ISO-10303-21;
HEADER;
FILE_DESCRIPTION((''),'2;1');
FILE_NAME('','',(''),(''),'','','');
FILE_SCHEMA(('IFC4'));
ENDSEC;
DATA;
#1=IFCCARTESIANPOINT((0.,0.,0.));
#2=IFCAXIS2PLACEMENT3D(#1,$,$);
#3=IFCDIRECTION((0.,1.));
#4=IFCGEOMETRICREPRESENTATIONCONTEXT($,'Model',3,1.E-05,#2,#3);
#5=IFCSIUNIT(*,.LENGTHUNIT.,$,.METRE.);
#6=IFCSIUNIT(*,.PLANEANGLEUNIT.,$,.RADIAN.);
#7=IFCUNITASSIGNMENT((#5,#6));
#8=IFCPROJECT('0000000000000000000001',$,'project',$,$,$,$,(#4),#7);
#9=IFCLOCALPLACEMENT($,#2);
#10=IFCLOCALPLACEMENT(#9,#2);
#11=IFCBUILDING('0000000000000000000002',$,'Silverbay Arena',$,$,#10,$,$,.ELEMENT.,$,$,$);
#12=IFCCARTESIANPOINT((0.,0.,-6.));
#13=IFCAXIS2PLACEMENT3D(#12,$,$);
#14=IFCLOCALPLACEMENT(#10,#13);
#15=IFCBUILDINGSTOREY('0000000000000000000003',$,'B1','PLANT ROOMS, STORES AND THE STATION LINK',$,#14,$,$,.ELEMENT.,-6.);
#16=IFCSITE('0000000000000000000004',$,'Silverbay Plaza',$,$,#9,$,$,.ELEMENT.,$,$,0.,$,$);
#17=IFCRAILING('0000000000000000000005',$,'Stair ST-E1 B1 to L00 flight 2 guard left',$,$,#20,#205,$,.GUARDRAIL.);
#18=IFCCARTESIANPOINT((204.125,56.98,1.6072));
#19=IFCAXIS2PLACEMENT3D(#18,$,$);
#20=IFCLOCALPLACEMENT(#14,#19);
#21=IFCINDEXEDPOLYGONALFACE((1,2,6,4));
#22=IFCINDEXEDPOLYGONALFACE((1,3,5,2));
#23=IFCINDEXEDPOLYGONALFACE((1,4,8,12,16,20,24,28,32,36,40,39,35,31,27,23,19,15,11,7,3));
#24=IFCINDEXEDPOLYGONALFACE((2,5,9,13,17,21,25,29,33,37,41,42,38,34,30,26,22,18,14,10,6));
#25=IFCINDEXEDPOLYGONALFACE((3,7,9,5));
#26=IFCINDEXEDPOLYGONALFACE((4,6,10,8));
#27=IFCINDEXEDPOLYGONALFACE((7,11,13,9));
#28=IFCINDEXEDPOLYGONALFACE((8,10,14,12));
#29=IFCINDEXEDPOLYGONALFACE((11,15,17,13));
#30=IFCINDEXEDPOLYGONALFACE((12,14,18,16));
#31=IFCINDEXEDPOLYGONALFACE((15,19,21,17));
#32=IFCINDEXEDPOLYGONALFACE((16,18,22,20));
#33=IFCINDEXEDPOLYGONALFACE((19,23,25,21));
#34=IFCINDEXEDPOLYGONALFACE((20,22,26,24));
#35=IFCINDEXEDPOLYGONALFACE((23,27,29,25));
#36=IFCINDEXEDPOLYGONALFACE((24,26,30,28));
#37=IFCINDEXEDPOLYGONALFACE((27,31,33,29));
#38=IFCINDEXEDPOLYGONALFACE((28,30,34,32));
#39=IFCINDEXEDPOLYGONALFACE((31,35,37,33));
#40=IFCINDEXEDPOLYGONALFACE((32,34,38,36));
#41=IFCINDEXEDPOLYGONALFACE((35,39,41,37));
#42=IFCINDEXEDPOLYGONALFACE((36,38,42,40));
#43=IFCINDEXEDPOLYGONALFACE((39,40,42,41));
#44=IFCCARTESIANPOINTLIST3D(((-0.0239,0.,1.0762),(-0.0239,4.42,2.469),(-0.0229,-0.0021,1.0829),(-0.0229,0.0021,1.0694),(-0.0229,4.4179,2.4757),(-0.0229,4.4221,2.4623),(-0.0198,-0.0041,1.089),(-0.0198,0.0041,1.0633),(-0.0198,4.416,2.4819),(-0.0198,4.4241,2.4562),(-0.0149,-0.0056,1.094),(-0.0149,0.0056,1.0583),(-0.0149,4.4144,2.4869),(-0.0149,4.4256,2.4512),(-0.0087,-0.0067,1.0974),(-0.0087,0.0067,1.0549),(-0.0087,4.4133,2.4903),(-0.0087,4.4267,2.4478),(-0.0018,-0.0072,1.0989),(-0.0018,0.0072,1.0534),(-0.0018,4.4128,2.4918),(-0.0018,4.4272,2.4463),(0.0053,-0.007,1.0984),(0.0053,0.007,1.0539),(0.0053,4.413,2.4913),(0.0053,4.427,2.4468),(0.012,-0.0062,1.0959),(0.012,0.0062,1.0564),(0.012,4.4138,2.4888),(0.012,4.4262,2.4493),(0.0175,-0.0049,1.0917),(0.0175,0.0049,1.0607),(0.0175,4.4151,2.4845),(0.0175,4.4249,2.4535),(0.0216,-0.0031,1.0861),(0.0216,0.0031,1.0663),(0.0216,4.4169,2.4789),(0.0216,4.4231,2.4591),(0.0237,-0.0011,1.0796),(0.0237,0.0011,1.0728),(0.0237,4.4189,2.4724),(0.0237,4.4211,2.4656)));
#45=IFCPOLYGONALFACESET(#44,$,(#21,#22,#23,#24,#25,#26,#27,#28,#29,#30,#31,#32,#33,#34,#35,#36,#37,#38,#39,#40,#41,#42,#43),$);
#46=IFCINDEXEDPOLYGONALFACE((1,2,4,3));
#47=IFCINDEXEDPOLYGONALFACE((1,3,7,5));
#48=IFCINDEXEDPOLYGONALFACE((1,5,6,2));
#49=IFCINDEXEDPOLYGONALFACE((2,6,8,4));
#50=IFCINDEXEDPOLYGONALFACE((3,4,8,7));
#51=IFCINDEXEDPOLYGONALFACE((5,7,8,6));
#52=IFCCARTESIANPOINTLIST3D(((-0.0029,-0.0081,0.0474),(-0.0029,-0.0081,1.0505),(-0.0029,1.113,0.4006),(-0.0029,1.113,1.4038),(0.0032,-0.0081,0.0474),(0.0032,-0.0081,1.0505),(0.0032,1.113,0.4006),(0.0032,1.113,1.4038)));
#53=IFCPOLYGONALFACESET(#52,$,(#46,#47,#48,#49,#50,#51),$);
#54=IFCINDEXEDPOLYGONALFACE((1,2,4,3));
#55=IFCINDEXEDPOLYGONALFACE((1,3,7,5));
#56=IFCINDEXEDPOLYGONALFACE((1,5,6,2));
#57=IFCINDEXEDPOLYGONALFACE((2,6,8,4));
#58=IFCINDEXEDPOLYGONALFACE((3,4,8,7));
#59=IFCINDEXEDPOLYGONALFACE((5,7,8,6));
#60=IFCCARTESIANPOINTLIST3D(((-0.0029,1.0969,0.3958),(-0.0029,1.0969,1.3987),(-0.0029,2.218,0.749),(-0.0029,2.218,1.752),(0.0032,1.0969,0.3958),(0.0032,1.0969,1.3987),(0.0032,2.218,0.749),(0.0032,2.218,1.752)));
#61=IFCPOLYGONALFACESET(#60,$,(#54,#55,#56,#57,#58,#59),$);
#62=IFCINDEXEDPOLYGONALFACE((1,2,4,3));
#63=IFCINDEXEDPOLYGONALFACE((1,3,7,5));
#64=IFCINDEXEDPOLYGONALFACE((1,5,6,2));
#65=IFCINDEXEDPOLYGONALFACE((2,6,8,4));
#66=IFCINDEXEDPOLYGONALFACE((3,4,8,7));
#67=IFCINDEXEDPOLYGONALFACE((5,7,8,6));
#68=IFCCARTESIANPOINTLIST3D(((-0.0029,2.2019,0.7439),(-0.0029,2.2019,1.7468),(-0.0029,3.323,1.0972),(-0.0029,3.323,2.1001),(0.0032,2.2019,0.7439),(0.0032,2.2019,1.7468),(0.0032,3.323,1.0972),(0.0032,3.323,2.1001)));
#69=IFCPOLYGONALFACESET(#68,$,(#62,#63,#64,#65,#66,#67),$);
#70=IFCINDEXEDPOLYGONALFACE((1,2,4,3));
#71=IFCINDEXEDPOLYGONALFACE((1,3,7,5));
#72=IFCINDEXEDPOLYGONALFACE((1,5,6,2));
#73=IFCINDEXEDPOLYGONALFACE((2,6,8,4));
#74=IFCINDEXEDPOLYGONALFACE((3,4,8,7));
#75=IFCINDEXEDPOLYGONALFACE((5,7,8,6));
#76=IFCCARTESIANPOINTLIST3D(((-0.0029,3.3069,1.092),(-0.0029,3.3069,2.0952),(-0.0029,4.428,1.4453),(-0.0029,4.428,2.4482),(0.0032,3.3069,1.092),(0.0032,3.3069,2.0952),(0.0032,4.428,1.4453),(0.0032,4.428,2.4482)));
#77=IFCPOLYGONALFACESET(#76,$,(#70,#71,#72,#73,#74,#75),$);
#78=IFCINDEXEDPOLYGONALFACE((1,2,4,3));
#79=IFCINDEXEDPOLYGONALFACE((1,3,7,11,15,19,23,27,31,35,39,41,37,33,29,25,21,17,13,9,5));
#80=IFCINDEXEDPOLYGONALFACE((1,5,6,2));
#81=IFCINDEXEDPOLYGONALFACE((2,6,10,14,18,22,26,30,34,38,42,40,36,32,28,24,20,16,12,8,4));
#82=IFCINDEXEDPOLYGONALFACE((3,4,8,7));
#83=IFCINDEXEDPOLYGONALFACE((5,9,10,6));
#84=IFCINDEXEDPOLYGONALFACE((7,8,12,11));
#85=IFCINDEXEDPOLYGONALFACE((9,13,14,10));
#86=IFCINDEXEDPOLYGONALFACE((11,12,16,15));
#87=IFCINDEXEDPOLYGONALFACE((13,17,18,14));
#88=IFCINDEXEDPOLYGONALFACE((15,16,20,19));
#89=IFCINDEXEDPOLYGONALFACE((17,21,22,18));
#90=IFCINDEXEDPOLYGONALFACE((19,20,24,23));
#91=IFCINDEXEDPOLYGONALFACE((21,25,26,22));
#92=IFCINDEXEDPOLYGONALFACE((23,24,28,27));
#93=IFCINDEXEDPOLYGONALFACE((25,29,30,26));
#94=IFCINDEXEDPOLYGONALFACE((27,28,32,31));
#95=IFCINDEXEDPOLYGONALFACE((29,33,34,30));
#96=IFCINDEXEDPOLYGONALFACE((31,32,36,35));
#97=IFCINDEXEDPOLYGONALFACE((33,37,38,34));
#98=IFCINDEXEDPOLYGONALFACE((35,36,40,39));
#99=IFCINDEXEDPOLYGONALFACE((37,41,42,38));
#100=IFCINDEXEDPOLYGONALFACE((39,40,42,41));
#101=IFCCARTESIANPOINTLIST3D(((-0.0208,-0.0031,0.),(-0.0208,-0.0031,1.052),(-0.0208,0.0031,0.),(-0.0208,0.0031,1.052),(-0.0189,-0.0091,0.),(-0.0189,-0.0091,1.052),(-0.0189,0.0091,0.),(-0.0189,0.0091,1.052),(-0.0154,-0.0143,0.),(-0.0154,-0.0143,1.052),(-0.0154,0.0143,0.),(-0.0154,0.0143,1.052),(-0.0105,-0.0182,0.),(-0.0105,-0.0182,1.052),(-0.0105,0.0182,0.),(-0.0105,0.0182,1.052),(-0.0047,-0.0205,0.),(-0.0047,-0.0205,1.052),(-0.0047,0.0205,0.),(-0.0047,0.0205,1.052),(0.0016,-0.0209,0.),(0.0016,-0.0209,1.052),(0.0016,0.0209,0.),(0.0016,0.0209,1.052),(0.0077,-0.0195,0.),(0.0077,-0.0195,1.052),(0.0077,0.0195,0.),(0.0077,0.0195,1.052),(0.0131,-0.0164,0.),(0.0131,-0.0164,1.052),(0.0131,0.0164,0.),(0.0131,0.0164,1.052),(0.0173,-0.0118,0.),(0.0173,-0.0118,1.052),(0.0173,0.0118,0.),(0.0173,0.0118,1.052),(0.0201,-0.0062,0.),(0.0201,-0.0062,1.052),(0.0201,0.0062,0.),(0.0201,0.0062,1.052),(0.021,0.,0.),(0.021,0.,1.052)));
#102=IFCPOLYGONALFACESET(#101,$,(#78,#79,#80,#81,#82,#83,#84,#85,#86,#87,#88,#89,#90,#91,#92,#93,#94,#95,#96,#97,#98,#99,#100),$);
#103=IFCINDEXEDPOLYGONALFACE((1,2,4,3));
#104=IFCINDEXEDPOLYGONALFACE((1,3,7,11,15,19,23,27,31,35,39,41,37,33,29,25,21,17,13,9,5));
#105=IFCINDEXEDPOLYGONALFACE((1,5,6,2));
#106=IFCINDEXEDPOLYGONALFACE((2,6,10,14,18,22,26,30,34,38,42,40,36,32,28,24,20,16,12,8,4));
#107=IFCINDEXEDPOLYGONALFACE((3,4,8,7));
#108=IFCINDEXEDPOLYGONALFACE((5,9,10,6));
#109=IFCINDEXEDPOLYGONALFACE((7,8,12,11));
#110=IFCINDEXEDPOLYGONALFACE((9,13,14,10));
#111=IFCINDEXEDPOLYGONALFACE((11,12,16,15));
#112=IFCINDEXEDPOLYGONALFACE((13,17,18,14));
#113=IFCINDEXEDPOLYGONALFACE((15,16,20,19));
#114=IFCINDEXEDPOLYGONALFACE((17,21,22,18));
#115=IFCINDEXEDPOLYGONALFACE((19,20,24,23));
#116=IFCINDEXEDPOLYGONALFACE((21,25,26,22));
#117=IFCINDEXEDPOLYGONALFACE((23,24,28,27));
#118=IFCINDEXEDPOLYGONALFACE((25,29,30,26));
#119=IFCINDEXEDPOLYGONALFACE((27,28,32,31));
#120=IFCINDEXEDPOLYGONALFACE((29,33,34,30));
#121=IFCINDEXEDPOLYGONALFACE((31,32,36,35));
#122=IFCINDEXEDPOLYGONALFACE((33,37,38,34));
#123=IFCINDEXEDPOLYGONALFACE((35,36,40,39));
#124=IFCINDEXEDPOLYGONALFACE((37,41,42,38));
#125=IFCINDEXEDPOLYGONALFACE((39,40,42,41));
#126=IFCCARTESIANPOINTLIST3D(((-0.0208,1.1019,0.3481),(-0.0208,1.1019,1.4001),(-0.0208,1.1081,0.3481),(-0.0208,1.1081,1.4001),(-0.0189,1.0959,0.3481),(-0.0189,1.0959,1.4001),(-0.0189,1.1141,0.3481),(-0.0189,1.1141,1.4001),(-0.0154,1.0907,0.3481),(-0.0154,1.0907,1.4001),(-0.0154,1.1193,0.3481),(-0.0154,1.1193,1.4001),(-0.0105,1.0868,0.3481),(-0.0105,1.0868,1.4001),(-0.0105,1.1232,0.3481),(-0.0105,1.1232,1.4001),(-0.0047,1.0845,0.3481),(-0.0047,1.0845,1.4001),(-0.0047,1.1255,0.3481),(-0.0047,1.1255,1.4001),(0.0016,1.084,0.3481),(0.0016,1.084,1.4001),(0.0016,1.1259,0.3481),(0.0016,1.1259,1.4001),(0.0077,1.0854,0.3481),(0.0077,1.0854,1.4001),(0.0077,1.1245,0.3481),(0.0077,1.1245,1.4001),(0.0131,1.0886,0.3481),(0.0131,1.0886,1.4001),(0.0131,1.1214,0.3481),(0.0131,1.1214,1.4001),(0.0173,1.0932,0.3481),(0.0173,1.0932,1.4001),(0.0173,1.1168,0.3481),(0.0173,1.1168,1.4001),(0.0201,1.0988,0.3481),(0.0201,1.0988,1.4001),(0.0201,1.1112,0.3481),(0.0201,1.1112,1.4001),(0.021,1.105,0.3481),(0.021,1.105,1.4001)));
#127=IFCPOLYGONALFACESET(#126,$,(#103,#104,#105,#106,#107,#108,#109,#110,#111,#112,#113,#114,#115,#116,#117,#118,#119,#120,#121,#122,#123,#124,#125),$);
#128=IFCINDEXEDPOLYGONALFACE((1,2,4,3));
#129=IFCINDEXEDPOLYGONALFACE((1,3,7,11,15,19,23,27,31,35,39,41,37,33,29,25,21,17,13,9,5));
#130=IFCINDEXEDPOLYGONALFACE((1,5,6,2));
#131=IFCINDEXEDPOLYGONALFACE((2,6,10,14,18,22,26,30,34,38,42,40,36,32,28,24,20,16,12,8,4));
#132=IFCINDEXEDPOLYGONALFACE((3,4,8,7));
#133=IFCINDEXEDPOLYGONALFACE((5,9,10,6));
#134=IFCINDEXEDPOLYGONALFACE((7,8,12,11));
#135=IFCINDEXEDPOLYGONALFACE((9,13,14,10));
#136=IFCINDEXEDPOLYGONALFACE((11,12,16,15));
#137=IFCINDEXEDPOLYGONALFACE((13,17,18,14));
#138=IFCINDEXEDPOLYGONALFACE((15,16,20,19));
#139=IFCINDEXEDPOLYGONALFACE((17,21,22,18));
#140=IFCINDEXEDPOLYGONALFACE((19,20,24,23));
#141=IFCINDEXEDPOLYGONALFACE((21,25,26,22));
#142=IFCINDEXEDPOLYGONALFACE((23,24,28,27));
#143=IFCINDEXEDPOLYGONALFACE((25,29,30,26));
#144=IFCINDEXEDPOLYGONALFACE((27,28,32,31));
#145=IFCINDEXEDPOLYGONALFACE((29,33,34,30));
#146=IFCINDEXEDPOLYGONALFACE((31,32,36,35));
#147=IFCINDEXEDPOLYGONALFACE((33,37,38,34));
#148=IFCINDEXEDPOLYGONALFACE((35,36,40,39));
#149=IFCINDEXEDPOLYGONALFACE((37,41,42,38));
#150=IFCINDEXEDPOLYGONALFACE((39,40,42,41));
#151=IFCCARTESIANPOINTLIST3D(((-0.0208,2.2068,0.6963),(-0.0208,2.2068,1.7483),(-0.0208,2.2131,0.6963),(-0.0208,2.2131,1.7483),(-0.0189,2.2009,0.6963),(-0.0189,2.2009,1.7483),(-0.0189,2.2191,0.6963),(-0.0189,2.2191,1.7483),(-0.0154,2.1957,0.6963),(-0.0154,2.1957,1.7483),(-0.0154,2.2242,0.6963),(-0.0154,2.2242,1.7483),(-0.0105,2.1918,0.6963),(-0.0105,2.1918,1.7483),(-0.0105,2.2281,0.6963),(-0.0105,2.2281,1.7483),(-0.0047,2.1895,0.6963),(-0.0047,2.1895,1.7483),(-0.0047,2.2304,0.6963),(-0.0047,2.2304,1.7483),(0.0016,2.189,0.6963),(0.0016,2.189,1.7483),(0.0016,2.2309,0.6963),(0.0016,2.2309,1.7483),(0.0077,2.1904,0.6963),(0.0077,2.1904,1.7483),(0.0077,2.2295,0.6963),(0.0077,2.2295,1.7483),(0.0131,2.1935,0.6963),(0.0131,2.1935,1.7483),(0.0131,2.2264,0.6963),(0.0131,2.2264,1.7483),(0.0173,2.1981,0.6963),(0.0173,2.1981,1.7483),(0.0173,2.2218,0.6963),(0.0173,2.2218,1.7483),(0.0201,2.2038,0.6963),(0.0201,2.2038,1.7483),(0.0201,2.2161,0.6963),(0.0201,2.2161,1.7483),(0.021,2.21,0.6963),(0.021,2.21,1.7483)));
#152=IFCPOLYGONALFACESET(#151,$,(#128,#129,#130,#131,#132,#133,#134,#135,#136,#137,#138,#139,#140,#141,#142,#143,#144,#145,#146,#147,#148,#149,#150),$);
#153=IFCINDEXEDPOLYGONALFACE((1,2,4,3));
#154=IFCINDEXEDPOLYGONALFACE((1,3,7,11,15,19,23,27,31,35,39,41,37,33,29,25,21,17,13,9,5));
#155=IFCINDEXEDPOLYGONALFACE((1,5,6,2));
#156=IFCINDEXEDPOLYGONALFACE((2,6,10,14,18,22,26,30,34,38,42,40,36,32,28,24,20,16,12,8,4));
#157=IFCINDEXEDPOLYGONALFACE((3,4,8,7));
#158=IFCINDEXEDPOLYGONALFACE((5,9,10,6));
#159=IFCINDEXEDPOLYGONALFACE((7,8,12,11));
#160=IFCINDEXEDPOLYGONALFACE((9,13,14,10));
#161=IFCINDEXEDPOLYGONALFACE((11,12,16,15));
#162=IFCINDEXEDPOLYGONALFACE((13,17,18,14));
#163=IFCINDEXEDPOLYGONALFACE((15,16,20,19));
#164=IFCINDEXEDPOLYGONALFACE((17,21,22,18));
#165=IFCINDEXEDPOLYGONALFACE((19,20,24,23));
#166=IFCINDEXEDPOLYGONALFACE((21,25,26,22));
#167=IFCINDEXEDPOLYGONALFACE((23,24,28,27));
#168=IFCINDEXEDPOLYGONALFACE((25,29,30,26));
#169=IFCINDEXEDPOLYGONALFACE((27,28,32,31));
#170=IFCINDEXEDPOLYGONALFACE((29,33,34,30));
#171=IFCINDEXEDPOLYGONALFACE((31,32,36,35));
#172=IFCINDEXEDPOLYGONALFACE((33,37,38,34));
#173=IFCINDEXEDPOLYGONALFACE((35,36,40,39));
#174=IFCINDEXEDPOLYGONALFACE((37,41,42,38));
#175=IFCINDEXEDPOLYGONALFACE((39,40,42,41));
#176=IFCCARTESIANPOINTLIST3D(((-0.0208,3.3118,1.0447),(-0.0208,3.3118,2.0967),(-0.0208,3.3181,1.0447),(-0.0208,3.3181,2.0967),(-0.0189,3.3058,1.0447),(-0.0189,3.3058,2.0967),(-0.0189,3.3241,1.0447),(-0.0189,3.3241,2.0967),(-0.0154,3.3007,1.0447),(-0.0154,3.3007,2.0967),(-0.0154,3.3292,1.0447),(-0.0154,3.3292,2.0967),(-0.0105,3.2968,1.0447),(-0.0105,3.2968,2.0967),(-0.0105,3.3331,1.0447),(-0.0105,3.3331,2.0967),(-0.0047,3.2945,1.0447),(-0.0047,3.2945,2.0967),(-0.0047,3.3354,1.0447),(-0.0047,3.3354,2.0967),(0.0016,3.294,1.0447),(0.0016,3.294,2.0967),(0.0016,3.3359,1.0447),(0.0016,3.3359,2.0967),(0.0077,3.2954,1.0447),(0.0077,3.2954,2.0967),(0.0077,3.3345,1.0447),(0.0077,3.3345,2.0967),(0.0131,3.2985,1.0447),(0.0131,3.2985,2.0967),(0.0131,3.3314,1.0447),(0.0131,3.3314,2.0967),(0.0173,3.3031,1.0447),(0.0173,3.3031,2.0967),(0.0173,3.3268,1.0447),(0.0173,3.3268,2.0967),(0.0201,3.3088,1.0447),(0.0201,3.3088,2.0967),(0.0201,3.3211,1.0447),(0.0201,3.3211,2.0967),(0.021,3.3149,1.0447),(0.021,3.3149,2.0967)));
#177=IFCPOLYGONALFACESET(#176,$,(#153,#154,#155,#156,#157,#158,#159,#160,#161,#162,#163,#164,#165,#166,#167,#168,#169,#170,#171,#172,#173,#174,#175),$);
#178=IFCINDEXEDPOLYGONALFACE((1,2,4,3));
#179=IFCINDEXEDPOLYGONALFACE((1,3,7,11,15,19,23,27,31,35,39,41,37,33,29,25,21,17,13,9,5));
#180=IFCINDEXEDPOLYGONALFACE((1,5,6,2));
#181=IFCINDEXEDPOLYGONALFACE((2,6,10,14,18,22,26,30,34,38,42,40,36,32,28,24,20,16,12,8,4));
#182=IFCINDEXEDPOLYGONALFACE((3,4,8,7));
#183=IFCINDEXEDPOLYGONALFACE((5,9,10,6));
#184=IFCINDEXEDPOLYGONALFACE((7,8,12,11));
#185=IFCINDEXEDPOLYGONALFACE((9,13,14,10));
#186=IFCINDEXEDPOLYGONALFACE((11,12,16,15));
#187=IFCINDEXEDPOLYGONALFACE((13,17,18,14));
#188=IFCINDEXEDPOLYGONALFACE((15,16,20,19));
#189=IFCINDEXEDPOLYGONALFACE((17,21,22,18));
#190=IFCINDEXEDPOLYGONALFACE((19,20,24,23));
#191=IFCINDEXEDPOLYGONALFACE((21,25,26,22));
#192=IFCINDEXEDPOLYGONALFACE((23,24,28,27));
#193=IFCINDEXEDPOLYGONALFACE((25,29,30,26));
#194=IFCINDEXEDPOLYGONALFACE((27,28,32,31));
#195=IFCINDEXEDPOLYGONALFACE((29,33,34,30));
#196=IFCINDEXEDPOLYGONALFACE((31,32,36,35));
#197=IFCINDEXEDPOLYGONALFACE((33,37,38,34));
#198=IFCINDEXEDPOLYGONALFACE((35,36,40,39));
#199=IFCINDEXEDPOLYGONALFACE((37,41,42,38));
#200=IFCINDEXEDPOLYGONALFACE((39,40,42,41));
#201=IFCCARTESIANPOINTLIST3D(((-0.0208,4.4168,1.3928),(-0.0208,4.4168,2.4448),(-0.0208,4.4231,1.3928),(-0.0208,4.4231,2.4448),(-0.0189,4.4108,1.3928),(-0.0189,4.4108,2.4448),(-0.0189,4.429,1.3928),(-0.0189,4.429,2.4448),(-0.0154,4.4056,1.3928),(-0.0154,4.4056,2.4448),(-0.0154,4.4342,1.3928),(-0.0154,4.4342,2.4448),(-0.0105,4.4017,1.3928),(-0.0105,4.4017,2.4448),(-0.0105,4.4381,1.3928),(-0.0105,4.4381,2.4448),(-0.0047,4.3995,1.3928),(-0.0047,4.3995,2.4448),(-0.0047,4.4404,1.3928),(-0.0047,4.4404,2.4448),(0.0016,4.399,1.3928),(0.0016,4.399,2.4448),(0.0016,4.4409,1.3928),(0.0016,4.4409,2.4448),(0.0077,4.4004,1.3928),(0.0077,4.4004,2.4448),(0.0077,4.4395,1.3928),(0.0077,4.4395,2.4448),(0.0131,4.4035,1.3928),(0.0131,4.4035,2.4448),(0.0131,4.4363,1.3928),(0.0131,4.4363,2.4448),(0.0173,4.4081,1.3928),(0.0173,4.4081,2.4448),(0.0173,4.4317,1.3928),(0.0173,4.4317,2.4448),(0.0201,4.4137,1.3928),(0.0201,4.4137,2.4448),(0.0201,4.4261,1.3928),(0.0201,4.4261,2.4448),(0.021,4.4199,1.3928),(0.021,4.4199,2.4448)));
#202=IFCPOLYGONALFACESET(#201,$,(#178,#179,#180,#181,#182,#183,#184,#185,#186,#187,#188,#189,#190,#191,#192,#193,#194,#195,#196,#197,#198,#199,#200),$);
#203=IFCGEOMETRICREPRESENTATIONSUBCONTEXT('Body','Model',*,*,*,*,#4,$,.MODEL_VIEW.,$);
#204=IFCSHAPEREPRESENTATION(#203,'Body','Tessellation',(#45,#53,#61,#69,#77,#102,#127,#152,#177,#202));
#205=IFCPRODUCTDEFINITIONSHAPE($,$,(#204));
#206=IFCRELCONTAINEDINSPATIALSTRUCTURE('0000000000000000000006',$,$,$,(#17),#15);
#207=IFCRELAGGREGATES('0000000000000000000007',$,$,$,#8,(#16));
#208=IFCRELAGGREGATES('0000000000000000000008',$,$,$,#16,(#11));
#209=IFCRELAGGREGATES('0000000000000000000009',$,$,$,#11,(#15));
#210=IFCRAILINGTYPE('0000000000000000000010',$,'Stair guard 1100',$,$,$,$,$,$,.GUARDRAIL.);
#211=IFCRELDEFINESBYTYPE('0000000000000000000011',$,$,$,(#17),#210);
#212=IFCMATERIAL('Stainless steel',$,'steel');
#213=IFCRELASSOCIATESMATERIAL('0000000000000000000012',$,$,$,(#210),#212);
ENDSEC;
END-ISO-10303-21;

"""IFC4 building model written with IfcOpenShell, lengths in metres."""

from ifc_helpers import new_model, si_unit, direction, frame, origin, origin_2d, place, context, subcontext, project, spatial, polyline, circle, outline, extrude, material, type_object, element, save


model = new_model("IFC4")

# Units and contexts
model_context = context("Model", 3, precision=1e-05, world=origin(), true_north=direction((0.0, 1.0)))
body_context = subcontext(model_context, "Body", "Model", "MODEL_VIEW")
ifc_project = project(units=[si_unit("LENGTHUNIT", "METRE"), si_unit("PLANEANGLEUNIT", "RADIAN")], contexts=[model_context])

# Site, building, storey
site_placement = place(None, origin())
site = spatial("IfcSite", under=ifc_project, at=site_placement, Name="Silverbay Plaza", CompositionType="ELEMENT", RefElevation=0.0)
building_placement = place(site_placement, origin())
building = spatial("IfcBuilding", under=site, at=building_placement, Name="Silverbay Arena", CompositionType="ELEMENT")
storey_placement = place(building_placement, frame((0.0, 0.0, -6.0)))
storey = spatial("IfcBuildingStorey", under=building, at=storey_placement, Name="B1", Description="PLANT ROOMS, STORES AND THE STATION LINK", CompositionType="ELEMENT", Elevation=-6.0)

# Railing
ifc_material_1 = material(Name="Stainless steel", Category="steel")
railing_type_1 = type_object("IfcRailingType", Name="Stair guard 1100", PredefinedType="GUARDRAIL", material=ifc_material_1)
railing_1_placement = place(storey_placement, frame((204.125, 56.98, 1.6072)))
element("IfcRailing", 1, at=railing_1_placement, inside=storey, type_object=railing_type_1, Name="Stair ST-E1 B1 to L00 flight 2 guard left", PredefinedType="GUARDRAIL", context=body_context, shape_type="SweptSolid", body=[
    extrude(circle(Radius=0.0239, at=origin_2d()), frame((0.0, 0.0, 1.0762), z_axis=(0.0, 0.953765, 0.300554), x_axis=(-1.0, 0.0, 0.0)), (0.0, 0.0, 1.0), 4.6343),
    extrude(outline(polyline([(-0.0081, 0.0474), (1.113, 0.4006), (1.113, 1.4038), (-0.0081, 1.0505), (-0.0081, 0.0474)])), frame((-0.0029, 0.0, 0.0), z_axis=(1.0, 0.0, 0.0), x_axis=(0.0, 1.0, 0.0)), (0.0, 0.0, 1.0), 0.0061),
    extrude(outline(polyline([(-0.0081, 0.3958), (1.113, 0.749), (1.113, 1.752), (-0.0081, 1.3987), (-0.0081, 0.3958)])), frame((-0.0029, 1.105, 0.0), z_axis=(1.0, 0.0, 0.0), x_axis=(0.0, 1.0, 0.0)), (0.0, 0.0, 1.0), 0.0061),
    extrude(outline(polyline([(-0.0081, 0.7439), (1.113, 1.0972), (1.113, 2.1001), (-0.0081, 1.7468), (-0.0081, 0.7439)])), frame((-0.0029, 2.21, 0.0), z_axis=(1.0, 0.0, 0.0), x_axis=(0.0, 1.0, 0.0)), (0.0, 0.0, 1.0), 0.0061),
    extrude(outline(polyline([(-0.0081, 1.092), (1.113, 1.4453), (1.113, 2.4482), (-0.0081, 2.0952), (-0.0081, 1.092)])), frame((-0.0029, 3.3149, 0.0), z_axis=(1.0, 0.0, 0.0), x_axis=(0.0, 1.0, 0.0)), (0.0, 0.0, 1.0), 0.0061),
    extrude(circle(Radius=0.021, at=origin_2d()), origin(), (0.0, 0.0, 1.0), 1.052),
    extrude(circle(Radius=0.021, at=origin_2d()), frame((0.0, 1.105, 0.3481)), (0.0, 0.0, 1.0), 1.052),
    extrude(circle(Radius=0.021, at=origin_2d()), frame((0.0, 2.21, 0.6963)), (0.0, 0.0, 1.0), 1.052),
    extrude(circle(Radius=0.021, at=origin_2d()), frame((0.0, 3.3149, 1.0447)), (0.0, 0.0, 1.0), 1.052),
    extrude(circle(Radius=0.021, at=origin_2d()), frame((0.0, 4.4199, 1.3928)), (0.0, 0.0, 1.0), 1.052),
])

save(model, "model.ifc")
